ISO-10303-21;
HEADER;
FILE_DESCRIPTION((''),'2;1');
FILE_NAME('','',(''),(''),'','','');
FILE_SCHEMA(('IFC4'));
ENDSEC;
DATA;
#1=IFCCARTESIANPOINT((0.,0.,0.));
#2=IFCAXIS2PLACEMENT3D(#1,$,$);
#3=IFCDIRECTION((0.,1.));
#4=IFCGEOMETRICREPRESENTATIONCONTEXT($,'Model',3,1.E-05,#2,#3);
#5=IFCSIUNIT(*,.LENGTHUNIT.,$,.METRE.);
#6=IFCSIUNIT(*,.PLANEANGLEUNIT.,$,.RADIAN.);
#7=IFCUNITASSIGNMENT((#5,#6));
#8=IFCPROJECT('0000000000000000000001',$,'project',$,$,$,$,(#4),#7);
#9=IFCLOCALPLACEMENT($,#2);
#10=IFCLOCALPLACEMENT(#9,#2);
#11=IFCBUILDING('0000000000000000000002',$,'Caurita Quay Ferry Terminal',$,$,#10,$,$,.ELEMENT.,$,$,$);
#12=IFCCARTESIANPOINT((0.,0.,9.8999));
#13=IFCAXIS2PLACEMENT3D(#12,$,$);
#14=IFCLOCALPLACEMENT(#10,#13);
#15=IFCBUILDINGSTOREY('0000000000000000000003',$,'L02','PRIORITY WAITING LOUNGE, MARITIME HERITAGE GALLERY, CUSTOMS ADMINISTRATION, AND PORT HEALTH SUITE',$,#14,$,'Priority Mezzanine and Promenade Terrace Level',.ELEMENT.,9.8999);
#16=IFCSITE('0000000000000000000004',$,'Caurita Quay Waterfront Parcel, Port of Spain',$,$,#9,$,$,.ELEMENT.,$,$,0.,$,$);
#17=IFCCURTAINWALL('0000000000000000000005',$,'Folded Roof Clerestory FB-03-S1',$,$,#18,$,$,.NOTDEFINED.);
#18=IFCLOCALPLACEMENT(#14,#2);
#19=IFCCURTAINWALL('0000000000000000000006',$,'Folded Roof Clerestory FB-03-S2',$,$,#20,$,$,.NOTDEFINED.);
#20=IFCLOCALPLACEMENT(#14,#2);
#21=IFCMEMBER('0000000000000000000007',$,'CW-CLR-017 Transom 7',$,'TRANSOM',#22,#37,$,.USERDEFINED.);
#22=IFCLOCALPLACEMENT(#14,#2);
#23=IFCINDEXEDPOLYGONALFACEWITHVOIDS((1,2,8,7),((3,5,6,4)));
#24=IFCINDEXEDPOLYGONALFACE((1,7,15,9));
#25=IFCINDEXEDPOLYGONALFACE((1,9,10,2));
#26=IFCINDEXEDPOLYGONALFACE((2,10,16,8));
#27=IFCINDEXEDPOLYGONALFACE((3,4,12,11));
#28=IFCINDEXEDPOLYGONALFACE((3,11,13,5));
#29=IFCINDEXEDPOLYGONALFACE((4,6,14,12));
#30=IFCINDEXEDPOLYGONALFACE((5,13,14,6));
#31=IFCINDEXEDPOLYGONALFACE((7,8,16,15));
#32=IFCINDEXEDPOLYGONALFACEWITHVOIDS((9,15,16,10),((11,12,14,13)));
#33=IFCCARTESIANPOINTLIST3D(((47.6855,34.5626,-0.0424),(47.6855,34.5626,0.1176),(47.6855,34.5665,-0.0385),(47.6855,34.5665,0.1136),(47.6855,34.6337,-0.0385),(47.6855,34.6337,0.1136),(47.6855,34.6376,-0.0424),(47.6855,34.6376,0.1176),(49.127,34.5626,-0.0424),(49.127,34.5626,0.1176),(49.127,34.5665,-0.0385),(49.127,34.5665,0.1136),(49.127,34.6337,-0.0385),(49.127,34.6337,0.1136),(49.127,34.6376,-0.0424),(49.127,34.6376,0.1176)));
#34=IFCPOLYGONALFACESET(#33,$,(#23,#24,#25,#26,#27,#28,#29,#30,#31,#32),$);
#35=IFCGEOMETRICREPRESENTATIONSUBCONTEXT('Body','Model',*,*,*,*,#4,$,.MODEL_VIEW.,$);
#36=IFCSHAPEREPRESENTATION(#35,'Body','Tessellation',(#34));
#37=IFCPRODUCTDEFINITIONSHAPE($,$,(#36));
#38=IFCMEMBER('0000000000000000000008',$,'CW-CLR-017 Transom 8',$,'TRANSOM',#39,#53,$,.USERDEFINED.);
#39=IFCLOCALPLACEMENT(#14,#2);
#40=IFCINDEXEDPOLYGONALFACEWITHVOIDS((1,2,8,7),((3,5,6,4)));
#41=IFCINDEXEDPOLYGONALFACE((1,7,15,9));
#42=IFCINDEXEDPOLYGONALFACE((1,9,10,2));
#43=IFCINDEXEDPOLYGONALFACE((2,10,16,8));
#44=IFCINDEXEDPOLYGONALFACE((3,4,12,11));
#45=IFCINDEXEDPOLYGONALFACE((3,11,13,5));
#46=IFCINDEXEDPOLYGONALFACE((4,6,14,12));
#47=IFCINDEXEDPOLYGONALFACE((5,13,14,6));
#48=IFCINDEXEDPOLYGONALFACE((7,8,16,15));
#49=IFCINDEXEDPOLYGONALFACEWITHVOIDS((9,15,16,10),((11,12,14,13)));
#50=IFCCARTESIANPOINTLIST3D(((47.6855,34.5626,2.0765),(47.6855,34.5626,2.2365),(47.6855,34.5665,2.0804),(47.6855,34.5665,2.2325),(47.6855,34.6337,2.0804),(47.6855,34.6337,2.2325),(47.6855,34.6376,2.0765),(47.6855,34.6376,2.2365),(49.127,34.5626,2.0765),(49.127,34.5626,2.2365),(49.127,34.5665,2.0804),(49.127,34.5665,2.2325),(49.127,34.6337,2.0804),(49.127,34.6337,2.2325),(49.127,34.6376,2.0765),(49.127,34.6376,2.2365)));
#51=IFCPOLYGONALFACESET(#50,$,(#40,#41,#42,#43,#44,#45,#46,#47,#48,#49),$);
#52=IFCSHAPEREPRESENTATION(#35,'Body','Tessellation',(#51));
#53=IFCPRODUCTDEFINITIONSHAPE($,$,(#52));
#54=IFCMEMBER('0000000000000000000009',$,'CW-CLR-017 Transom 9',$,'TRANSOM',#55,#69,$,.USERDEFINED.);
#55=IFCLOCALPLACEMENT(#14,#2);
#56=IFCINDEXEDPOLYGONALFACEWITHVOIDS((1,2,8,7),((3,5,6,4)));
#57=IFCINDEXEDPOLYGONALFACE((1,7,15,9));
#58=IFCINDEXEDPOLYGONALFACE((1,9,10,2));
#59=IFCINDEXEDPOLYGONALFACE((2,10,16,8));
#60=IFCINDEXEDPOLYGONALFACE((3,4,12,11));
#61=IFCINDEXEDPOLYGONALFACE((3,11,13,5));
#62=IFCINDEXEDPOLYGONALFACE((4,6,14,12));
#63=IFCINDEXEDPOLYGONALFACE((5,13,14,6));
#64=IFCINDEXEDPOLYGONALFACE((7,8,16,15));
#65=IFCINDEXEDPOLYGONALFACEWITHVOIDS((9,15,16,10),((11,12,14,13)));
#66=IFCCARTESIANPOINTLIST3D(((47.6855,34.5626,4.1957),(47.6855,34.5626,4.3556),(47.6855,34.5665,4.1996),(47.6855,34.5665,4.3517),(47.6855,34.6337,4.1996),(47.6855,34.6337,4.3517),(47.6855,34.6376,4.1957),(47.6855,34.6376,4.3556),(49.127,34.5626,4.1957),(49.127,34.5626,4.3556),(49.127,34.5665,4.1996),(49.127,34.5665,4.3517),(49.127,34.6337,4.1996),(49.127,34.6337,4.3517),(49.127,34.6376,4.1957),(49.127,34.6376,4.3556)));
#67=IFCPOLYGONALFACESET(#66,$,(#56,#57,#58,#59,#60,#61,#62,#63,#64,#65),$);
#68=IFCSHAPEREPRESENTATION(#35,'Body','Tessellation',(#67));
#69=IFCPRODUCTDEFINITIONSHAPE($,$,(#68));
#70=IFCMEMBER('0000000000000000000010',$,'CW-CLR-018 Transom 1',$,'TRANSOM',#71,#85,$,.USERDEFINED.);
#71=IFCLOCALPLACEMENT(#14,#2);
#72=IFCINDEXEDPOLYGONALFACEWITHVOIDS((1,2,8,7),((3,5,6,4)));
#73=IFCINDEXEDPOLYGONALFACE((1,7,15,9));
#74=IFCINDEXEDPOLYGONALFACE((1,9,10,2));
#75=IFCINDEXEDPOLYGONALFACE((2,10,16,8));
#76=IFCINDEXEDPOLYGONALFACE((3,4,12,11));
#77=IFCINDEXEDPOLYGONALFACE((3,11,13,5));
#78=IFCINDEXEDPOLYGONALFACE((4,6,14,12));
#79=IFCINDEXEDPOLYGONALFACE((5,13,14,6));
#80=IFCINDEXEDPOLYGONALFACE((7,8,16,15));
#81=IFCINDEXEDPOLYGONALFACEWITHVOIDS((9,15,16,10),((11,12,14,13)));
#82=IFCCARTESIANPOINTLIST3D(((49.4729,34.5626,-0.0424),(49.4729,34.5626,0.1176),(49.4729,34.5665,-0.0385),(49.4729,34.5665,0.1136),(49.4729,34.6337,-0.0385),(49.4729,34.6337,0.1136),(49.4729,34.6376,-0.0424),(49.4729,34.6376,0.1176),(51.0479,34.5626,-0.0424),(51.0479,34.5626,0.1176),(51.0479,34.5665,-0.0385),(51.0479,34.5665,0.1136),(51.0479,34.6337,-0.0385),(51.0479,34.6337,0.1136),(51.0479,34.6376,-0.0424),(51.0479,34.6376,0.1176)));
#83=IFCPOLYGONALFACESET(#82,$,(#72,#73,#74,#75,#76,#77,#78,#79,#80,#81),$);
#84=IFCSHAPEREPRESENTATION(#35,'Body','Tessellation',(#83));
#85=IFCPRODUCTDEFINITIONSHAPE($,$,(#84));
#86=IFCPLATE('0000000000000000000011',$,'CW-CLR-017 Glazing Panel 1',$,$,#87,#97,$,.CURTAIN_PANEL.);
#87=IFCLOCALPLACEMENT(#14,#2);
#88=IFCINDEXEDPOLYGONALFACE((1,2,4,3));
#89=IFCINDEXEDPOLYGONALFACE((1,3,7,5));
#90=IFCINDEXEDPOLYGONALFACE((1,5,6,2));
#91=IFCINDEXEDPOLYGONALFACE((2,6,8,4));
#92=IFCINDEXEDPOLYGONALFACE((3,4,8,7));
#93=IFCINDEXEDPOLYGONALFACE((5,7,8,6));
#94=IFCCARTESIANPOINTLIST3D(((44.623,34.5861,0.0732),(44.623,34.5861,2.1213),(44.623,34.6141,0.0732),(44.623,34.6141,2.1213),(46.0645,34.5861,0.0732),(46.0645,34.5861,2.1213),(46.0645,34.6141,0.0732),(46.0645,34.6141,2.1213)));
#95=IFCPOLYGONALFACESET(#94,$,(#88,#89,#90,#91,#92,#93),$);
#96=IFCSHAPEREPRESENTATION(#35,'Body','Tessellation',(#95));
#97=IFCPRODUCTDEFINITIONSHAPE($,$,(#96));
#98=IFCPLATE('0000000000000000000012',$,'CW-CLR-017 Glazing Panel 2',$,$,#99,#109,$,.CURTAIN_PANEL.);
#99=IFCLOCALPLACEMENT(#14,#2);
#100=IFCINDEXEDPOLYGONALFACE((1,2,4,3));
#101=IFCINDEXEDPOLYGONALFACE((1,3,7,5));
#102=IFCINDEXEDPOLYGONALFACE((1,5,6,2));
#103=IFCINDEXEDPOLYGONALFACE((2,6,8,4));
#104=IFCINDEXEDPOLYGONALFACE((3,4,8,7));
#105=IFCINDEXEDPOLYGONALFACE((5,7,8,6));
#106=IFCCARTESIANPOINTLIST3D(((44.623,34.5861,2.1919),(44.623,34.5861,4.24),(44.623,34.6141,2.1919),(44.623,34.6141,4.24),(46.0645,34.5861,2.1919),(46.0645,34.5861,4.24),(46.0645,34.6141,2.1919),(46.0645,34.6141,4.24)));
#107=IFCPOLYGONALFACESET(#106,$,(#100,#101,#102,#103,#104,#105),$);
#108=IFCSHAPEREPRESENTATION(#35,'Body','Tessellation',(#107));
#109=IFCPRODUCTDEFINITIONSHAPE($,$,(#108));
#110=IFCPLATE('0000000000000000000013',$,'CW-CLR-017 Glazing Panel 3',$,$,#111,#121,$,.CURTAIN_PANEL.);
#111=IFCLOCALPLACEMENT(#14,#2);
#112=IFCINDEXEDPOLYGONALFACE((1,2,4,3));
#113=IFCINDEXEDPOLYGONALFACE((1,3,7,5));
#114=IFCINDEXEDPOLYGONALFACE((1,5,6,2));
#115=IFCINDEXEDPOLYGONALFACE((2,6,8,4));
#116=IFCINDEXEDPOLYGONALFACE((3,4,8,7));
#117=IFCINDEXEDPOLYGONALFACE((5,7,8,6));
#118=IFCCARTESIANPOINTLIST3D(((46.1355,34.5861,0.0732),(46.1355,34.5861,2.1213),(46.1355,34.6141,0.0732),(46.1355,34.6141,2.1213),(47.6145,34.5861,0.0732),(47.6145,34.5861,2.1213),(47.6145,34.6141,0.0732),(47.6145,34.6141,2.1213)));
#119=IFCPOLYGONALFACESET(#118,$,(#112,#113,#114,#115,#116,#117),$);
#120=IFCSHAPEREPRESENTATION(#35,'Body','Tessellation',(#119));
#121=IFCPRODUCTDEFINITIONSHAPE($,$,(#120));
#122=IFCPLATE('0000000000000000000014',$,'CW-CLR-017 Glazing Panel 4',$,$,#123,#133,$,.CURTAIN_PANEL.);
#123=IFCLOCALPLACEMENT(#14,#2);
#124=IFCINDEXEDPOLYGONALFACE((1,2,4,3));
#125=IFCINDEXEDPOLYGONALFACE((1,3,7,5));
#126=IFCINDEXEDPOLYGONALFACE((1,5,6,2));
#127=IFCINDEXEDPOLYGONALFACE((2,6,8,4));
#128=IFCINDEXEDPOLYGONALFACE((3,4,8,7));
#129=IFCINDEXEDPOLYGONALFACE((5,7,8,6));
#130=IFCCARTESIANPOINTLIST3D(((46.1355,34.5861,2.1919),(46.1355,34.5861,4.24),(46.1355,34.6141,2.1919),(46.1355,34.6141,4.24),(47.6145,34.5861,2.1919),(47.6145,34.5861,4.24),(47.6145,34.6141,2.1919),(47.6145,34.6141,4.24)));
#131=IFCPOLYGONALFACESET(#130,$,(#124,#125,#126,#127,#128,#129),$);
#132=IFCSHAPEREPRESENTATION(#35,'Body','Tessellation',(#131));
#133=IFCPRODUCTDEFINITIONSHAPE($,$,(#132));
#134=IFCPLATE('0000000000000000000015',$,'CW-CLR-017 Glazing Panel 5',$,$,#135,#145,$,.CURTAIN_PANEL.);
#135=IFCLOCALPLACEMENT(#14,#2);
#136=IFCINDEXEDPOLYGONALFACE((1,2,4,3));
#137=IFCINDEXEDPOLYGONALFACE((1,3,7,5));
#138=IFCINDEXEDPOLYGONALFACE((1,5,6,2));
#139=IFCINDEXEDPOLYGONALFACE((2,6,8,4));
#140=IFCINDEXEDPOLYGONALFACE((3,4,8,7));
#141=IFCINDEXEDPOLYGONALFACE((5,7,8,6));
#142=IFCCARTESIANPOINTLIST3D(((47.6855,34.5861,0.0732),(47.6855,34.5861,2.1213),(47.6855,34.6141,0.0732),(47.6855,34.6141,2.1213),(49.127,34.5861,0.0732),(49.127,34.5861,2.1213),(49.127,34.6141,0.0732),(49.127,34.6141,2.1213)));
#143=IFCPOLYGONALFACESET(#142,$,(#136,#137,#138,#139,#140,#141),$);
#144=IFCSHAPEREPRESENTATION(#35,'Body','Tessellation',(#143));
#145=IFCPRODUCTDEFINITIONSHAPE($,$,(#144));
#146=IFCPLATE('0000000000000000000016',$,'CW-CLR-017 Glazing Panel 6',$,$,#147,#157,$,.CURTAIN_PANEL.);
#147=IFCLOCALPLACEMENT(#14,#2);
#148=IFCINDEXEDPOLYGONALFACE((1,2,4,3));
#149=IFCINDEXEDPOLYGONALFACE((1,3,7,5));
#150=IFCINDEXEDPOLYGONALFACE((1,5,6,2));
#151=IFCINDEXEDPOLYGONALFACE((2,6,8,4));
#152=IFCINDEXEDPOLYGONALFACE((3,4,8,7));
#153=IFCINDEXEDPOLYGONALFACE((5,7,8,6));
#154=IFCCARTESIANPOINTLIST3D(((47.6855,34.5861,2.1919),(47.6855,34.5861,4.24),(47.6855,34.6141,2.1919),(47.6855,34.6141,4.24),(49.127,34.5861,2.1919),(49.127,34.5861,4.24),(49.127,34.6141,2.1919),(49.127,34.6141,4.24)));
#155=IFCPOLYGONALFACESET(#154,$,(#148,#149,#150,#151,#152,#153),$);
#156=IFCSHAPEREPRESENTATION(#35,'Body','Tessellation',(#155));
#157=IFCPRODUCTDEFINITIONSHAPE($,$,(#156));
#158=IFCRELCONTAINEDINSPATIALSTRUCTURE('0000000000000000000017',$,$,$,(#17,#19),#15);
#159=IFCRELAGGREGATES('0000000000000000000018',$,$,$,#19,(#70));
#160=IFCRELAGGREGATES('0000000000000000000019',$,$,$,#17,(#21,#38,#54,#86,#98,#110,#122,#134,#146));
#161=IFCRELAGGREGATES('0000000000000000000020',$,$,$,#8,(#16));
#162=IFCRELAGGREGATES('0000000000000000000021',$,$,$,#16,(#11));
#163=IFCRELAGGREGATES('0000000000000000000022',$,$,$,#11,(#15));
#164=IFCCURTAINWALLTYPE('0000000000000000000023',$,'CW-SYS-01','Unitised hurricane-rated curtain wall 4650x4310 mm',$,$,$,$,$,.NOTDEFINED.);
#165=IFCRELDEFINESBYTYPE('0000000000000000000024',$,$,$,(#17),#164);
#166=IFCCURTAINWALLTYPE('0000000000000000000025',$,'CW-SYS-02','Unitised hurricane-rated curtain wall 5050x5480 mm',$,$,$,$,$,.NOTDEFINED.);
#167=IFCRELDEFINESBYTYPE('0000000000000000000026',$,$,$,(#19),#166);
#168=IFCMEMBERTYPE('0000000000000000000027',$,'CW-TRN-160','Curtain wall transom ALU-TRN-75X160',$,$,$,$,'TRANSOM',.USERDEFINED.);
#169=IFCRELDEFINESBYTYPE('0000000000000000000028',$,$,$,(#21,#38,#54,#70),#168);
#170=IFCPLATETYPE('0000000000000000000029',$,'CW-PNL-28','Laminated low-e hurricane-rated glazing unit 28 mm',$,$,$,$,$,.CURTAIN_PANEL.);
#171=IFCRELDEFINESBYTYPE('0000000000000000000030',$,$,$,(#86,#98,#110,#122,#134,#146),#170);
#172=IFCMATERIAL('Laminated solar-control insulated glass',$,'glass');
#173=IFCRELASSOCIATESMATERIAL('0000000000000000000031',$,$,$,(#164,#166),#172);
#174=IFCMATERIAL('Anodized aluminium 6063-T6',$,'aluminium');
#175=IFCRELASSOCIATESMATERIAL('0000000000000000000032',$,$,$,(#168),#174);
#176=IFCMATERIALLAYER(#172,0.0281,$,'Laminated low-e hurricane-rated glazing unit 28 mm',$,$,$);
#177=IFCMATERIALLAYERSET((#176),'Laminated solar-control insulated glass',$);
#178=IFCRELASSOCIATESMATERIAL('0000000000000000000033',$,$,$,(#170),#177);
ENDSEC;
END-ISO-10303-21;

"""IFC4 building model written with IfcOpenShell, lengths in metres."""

from ifc_helpers import new_model, si_unit, direction, frame, origin, origin_2d, place, context, subcontext, project, spatial, rectangle, hollow_rectangle, extrude, material, layer, layer_set, material_profile, profile_set, type_object, element, aggregate, save


model = new_model("IFC4")

# Units and contexts
model_context = context("Model", 3, precision=1e-05, world=origin(), true_north=direction((0.0, 1.0)))
body_context = subcontext(model_context, "Body", "Model", "MODEL_VIEW")
ifc_project = project(units=[si_unit("LENGTHUNIT", "METRE"), si_unit("PLANEANGLEUNIT", "RADIAN")], contexts=[model_context])

# Site, building, storey
site_placement = place(None, origin())
site = spatial("IfcSite", under=ifc_project, at=site_placement, Name="Caurita Quay Waterfront Parcel, Port of Spain", CompositionType="ELEMENT", RefElevation=0.0)
building_placement = place(site_placement, origin())
building = spatial("IfcBuilding", under=site, at=building_placement, Name="Caurita Quay Ferry Terminal", CompositionType="ELEMENT")
storey_placement = place(building_placement, frame((0.0, 0.0, 9.8999)))
storey = spatial("IfcBuildingStorey", under=building, at=storey_placement, Name="L02", Description="PRIORITY WAITING LOUNGE, MARITIME HERITAGE GALLERY, CUSTOMS ADMINISTRATION, AND PORT HEALTH SUITE", LongName="Priority Mezzanine and Promenade Terrace Level", CompositionType="ELEMENT", Elevation=9.8999)

# Curtain wall
ifc_material_1 = material(Name="Laminated solar-control insulated glass", Category="glass")
curtain_wall_type_1 = type_object("IfcCurtainWallType", Name="CW-SYS-01", Description="Unitised hurricane-rated curtain wall 4650x4310 mm", PredefinedType="NOTDEFINED", material=ifc_material_1)
curtain_wall_1_placement = place(storey_placement, origin())
curtain_wall_1 = element("IfcCurtainWall", 1, at=curtain_wall_1_placement, inside=storey, type_object=curtain_wall_type_1, Name="Folded Roof Clerestory FB-03-S1", PredefinedType="NOTDEFINED")
ifc_material_2 = material(Name="Anodized aluminium 6063-T6", Category="aluminium")

# Curtain wall
curtain_wall_type_2 = type_object("IfcCurtainWallType", Name="CW-SYS-02", Description="Unitised hurricane-rated curtain wall 5050x5480 mm", PredefinedType="NOTDEFINED", material=ifc_material_1)
curtain_wall_2_placement = place(storey_placement, origin())
curtain_wall_2 = element("IfcCurtainWall", 2, at=curtain_wall_2_placement, inside=storey, type_object=curtain_wall_type_2, Name="Folded Roof Clerestory FB-03-S2", PredefinedType="NOTDEFINED")

# Members
ifc_material_profile_1 = material_profile(ifc_material_2, hollow_rectangle(XDim=0.075, YDim=0.1599, WallThickness=0.0039, at=origin_2d()), Name="ALU-TRN-75X160")
ifc_profile_set_1 = profile_set([ifc_material_profile_1], Name="Anodized aluminium 6063-T6")
member_type_1 = type_object("IfcMemberType", Name="CW-TRN-160", Description="Curtain wall transom ALU-TRN-75X160", ElementType="TRANSOM", PredefinedType="USERDEFINED", material=ifc_profile_set_1)
member_1_placement = place(storey_placement, frame((47.6855, 34.6001, 0.0376), z_axis=(1.0, 0.0, 0.0), x_axis=(0.0, 1.0, 0.0)))
member_1 = element("IfcMember", 3, at=member_1_placement, type_object=member_type_1, Name="CW-CLR-017 Transom 7", ObjectType="TRANSOM", PredefinedType="USERDEFINED", context=body_context, shape_type="SweptSolid", body=[
    extrude(hollow_rectangle(XDim=0.075, YDim=0.1599, WallThickness=0.0039, at=origin_2d()), origin(), (0.0, 0.0, 1.0), 1.4414),
])
member_2_placement = place(storey_placement, frame((47.6855, 34.6001, 2.1565), z_axis=(1.0, 0.0, 0.0), x_axis=(0.0, 1.0, 0.0)))
member_2 = element("IfcMember", 4, at=member_2_placement, type_object=member_type_1, Name="CW-CLR-017 Transom 8", ObjectType="TRANSOM", PredefinedType="USERDEFINED", context=body_context, shape_type="SweptSolid", body=[
    extrude(hollow_rectangle(XDim=0.075, YDim=0.1599, WallThickness=0.0039, at=origin_2d()), origin(), (0.0, 0.0, 1.0), 1.4414),
])
member_3_placement = place(storey_placement, frame((47.6855, 34.6001, 4.2756), z_axis=(1.0, 0.0, 0.0), x_axis=(0.0, 1.0, 0.0)))
member_3 = element("IfcMember", 5, at=member_3_placement, type_object=member_type_1, Name="CW-CLR-017 Transom 9", ObjectType="TRANSOM", PredefinedType="USERDEFINED", context=body_context, shape_type="SweptSolid", body=[
    extrude(hollow_rectangle(XDim=0.075, YDim=0.1599, WallThickness=0.0039, at=origin_2d()), origin(), (0.0, 0.0, 1.0), 1.4414),
])
member_4_placement = place(storey_placement, frame((49.4729, 34.6001, 0.0376), z_axis=(1.0, 0.0, 0.0), x_axis=(0.0, 1.0, 0.0)))
member_4 = element("IfcMember", 6, at=member_4_placement, type_object=member_type_1, Name="CW-CLR-018 Transom 1", ObjectType="TRANSOM", PredefinedType="USERDEFINED", context=body_context, shape_type="SweptSolid", body=[
    extrude(hollow_rectangle(XDim=0.075, YDim=0.1599, WallThickness=0.0039, at=origin_2d()), origin(), (0.0, 0.0, 1.0), 1.575),
])
aggregate(curtain_wall_2, [member_4])

# Plates
ifc_layer = layer(ifc_material_1, 0.0281, Name="Laminated low-e hurricane-rated glazing unit 28 mm")
ifc_layer_set = layer_set([ifc_layer], Name="Laminated solar-control insulated glass")
plate_type = type_object("IfcPlateType", Name="CW-PNL-28", Description="Laminated low-e hurricane-rated glazing unit 28 mm", PredefinedType="CURTAIN_PANEL", material=ifc_layer_set)
plate_1_placement = place(storey_placement, frame((45.3438, 34.6001, 0.0732), z_axis=(0.0, 0.0, 1.0), x_axis=(1.0, 0.0, 0.0)))
plate_1 = element("IfcPlate", 7, at=plate_1_placement, type_object=plate_type, Name="CW-CLR-017 Glazing Panel 1", PredefinedType="CURTAIN_PANEL", context=body_context, shape_type="SweptSolid", body=[
    extrude(rectangle(XDim=1.4414, YDim=0.0281, at=origin_2d()), origin(), (0.0, 0.0, 1.0), 2.0481),
])
plate_2_placement = place(storey_placement, frame((45.3438, 34.6001, 2.1919), z_axis=(0.0, 0.0, 1.0), x_axis=(1.0, 0.0, 0.0)))
plate_2 = element("IfcPlate", 8, at=plate_2_placement, type_object=plate_type, Name="CW-CLR-017 Glazing Panel 2", PredefinedType="CURTAIN_PANEL", context=body_context, shape_type="SweptSolid", body=[
    extrude(rectangle(XDim=1.4414, YDim=0.0281, at=origin_2d()), origin(), (0.0, 0.0, 1.0), 2.0481),
])
plate_3_placement = place(storey_placement, frame((46.875, 34.6001, 0.0732), z_axis=(0.0, 0.0, 1.0), x_axis=(1.0, 0.0, 0.0)))
plate_3 = element("IfcPlate", 9, at=plate_3_placement, type_object=plate_type, Name="CW-CLR-017 Glazing Panel 3", PredefinedType="CURTAIN_PANEL", context=body_context, shape_type="SweptSolid", body=[
    extrude(rectangle(XDim=1.479, YDim=0.0281, at=origin_2d()), origin(), (0.0, 0.0, 1.0), 2.0481),
])
plate_4_placement = place(storey_placement, frame((46.875, 34.6001, 2.1919), z_axis=(0.0, 0.0, 1.0), x_axis=(1.0, 0.0, 0.0)))
plate_4 = element("IfcPlate", 10, at=plate_4_placement, type_object=plate_type, Name="CW-CLR-017 Glazing Panel 4", PredefinedType="CURTAIN_PANEL", context=body_context, shape_type="SweptSolid", body=[
    extrude(rectangle(XDim=1.479, YDim=0.0281, at=origin_2d()), origin(), (0.0, 0.0, 1.0), 2.0481),
])
plate_5_placement = place(storey_placement, frame((48.4062, 34.6001, 0.0732), z_axis=(0.0, 0.0, 1.0), x_axis=(1.0, 0.0, 0.0)))
plate_5 = element("IfcPlate", 11, at=plate_5_placement, type_object=plate_type, Name="CW-CLR-017 Glazing Panel 5", PredefinedType="CURTAIN_PANEL", context=body_context, shape_type="SweptSolid", body=[
    extrude(rectangle(XDim=1.4414, YDim=0.0281, at=origin_2d()), origin(), (0.0, 0.0, 1.0), 2.0481),
])
plate_6_placement = place(storey_placement, frame((48.4062, 34.6001, 2.1919), z_axis=(0.0, 0.0, 1.0), x_axis=(1.0, 0.0, 0.0)))
plate_6 = element("IfcPlate", 12, at=plate_6_placement, type_object=plate_type, Name="CW-CLR-017 Glazing Panel 6", PredefinedType="CURTAIN_PANEL", context=body_context, shape_type="SweptSolid", body=[
    extrude(rectangle(XDim=1.4414, YDim=0.0281, at=origin_2d()), origin(), (0.0, 0.0, 1.0), 2.0481),
])
aggregate(curtain_wall_1, [member_1, member_2, member_3, plate_1, plate_2, plate_3, plate_4, plate_5, plate_6])

save(model, "model.ifc")
